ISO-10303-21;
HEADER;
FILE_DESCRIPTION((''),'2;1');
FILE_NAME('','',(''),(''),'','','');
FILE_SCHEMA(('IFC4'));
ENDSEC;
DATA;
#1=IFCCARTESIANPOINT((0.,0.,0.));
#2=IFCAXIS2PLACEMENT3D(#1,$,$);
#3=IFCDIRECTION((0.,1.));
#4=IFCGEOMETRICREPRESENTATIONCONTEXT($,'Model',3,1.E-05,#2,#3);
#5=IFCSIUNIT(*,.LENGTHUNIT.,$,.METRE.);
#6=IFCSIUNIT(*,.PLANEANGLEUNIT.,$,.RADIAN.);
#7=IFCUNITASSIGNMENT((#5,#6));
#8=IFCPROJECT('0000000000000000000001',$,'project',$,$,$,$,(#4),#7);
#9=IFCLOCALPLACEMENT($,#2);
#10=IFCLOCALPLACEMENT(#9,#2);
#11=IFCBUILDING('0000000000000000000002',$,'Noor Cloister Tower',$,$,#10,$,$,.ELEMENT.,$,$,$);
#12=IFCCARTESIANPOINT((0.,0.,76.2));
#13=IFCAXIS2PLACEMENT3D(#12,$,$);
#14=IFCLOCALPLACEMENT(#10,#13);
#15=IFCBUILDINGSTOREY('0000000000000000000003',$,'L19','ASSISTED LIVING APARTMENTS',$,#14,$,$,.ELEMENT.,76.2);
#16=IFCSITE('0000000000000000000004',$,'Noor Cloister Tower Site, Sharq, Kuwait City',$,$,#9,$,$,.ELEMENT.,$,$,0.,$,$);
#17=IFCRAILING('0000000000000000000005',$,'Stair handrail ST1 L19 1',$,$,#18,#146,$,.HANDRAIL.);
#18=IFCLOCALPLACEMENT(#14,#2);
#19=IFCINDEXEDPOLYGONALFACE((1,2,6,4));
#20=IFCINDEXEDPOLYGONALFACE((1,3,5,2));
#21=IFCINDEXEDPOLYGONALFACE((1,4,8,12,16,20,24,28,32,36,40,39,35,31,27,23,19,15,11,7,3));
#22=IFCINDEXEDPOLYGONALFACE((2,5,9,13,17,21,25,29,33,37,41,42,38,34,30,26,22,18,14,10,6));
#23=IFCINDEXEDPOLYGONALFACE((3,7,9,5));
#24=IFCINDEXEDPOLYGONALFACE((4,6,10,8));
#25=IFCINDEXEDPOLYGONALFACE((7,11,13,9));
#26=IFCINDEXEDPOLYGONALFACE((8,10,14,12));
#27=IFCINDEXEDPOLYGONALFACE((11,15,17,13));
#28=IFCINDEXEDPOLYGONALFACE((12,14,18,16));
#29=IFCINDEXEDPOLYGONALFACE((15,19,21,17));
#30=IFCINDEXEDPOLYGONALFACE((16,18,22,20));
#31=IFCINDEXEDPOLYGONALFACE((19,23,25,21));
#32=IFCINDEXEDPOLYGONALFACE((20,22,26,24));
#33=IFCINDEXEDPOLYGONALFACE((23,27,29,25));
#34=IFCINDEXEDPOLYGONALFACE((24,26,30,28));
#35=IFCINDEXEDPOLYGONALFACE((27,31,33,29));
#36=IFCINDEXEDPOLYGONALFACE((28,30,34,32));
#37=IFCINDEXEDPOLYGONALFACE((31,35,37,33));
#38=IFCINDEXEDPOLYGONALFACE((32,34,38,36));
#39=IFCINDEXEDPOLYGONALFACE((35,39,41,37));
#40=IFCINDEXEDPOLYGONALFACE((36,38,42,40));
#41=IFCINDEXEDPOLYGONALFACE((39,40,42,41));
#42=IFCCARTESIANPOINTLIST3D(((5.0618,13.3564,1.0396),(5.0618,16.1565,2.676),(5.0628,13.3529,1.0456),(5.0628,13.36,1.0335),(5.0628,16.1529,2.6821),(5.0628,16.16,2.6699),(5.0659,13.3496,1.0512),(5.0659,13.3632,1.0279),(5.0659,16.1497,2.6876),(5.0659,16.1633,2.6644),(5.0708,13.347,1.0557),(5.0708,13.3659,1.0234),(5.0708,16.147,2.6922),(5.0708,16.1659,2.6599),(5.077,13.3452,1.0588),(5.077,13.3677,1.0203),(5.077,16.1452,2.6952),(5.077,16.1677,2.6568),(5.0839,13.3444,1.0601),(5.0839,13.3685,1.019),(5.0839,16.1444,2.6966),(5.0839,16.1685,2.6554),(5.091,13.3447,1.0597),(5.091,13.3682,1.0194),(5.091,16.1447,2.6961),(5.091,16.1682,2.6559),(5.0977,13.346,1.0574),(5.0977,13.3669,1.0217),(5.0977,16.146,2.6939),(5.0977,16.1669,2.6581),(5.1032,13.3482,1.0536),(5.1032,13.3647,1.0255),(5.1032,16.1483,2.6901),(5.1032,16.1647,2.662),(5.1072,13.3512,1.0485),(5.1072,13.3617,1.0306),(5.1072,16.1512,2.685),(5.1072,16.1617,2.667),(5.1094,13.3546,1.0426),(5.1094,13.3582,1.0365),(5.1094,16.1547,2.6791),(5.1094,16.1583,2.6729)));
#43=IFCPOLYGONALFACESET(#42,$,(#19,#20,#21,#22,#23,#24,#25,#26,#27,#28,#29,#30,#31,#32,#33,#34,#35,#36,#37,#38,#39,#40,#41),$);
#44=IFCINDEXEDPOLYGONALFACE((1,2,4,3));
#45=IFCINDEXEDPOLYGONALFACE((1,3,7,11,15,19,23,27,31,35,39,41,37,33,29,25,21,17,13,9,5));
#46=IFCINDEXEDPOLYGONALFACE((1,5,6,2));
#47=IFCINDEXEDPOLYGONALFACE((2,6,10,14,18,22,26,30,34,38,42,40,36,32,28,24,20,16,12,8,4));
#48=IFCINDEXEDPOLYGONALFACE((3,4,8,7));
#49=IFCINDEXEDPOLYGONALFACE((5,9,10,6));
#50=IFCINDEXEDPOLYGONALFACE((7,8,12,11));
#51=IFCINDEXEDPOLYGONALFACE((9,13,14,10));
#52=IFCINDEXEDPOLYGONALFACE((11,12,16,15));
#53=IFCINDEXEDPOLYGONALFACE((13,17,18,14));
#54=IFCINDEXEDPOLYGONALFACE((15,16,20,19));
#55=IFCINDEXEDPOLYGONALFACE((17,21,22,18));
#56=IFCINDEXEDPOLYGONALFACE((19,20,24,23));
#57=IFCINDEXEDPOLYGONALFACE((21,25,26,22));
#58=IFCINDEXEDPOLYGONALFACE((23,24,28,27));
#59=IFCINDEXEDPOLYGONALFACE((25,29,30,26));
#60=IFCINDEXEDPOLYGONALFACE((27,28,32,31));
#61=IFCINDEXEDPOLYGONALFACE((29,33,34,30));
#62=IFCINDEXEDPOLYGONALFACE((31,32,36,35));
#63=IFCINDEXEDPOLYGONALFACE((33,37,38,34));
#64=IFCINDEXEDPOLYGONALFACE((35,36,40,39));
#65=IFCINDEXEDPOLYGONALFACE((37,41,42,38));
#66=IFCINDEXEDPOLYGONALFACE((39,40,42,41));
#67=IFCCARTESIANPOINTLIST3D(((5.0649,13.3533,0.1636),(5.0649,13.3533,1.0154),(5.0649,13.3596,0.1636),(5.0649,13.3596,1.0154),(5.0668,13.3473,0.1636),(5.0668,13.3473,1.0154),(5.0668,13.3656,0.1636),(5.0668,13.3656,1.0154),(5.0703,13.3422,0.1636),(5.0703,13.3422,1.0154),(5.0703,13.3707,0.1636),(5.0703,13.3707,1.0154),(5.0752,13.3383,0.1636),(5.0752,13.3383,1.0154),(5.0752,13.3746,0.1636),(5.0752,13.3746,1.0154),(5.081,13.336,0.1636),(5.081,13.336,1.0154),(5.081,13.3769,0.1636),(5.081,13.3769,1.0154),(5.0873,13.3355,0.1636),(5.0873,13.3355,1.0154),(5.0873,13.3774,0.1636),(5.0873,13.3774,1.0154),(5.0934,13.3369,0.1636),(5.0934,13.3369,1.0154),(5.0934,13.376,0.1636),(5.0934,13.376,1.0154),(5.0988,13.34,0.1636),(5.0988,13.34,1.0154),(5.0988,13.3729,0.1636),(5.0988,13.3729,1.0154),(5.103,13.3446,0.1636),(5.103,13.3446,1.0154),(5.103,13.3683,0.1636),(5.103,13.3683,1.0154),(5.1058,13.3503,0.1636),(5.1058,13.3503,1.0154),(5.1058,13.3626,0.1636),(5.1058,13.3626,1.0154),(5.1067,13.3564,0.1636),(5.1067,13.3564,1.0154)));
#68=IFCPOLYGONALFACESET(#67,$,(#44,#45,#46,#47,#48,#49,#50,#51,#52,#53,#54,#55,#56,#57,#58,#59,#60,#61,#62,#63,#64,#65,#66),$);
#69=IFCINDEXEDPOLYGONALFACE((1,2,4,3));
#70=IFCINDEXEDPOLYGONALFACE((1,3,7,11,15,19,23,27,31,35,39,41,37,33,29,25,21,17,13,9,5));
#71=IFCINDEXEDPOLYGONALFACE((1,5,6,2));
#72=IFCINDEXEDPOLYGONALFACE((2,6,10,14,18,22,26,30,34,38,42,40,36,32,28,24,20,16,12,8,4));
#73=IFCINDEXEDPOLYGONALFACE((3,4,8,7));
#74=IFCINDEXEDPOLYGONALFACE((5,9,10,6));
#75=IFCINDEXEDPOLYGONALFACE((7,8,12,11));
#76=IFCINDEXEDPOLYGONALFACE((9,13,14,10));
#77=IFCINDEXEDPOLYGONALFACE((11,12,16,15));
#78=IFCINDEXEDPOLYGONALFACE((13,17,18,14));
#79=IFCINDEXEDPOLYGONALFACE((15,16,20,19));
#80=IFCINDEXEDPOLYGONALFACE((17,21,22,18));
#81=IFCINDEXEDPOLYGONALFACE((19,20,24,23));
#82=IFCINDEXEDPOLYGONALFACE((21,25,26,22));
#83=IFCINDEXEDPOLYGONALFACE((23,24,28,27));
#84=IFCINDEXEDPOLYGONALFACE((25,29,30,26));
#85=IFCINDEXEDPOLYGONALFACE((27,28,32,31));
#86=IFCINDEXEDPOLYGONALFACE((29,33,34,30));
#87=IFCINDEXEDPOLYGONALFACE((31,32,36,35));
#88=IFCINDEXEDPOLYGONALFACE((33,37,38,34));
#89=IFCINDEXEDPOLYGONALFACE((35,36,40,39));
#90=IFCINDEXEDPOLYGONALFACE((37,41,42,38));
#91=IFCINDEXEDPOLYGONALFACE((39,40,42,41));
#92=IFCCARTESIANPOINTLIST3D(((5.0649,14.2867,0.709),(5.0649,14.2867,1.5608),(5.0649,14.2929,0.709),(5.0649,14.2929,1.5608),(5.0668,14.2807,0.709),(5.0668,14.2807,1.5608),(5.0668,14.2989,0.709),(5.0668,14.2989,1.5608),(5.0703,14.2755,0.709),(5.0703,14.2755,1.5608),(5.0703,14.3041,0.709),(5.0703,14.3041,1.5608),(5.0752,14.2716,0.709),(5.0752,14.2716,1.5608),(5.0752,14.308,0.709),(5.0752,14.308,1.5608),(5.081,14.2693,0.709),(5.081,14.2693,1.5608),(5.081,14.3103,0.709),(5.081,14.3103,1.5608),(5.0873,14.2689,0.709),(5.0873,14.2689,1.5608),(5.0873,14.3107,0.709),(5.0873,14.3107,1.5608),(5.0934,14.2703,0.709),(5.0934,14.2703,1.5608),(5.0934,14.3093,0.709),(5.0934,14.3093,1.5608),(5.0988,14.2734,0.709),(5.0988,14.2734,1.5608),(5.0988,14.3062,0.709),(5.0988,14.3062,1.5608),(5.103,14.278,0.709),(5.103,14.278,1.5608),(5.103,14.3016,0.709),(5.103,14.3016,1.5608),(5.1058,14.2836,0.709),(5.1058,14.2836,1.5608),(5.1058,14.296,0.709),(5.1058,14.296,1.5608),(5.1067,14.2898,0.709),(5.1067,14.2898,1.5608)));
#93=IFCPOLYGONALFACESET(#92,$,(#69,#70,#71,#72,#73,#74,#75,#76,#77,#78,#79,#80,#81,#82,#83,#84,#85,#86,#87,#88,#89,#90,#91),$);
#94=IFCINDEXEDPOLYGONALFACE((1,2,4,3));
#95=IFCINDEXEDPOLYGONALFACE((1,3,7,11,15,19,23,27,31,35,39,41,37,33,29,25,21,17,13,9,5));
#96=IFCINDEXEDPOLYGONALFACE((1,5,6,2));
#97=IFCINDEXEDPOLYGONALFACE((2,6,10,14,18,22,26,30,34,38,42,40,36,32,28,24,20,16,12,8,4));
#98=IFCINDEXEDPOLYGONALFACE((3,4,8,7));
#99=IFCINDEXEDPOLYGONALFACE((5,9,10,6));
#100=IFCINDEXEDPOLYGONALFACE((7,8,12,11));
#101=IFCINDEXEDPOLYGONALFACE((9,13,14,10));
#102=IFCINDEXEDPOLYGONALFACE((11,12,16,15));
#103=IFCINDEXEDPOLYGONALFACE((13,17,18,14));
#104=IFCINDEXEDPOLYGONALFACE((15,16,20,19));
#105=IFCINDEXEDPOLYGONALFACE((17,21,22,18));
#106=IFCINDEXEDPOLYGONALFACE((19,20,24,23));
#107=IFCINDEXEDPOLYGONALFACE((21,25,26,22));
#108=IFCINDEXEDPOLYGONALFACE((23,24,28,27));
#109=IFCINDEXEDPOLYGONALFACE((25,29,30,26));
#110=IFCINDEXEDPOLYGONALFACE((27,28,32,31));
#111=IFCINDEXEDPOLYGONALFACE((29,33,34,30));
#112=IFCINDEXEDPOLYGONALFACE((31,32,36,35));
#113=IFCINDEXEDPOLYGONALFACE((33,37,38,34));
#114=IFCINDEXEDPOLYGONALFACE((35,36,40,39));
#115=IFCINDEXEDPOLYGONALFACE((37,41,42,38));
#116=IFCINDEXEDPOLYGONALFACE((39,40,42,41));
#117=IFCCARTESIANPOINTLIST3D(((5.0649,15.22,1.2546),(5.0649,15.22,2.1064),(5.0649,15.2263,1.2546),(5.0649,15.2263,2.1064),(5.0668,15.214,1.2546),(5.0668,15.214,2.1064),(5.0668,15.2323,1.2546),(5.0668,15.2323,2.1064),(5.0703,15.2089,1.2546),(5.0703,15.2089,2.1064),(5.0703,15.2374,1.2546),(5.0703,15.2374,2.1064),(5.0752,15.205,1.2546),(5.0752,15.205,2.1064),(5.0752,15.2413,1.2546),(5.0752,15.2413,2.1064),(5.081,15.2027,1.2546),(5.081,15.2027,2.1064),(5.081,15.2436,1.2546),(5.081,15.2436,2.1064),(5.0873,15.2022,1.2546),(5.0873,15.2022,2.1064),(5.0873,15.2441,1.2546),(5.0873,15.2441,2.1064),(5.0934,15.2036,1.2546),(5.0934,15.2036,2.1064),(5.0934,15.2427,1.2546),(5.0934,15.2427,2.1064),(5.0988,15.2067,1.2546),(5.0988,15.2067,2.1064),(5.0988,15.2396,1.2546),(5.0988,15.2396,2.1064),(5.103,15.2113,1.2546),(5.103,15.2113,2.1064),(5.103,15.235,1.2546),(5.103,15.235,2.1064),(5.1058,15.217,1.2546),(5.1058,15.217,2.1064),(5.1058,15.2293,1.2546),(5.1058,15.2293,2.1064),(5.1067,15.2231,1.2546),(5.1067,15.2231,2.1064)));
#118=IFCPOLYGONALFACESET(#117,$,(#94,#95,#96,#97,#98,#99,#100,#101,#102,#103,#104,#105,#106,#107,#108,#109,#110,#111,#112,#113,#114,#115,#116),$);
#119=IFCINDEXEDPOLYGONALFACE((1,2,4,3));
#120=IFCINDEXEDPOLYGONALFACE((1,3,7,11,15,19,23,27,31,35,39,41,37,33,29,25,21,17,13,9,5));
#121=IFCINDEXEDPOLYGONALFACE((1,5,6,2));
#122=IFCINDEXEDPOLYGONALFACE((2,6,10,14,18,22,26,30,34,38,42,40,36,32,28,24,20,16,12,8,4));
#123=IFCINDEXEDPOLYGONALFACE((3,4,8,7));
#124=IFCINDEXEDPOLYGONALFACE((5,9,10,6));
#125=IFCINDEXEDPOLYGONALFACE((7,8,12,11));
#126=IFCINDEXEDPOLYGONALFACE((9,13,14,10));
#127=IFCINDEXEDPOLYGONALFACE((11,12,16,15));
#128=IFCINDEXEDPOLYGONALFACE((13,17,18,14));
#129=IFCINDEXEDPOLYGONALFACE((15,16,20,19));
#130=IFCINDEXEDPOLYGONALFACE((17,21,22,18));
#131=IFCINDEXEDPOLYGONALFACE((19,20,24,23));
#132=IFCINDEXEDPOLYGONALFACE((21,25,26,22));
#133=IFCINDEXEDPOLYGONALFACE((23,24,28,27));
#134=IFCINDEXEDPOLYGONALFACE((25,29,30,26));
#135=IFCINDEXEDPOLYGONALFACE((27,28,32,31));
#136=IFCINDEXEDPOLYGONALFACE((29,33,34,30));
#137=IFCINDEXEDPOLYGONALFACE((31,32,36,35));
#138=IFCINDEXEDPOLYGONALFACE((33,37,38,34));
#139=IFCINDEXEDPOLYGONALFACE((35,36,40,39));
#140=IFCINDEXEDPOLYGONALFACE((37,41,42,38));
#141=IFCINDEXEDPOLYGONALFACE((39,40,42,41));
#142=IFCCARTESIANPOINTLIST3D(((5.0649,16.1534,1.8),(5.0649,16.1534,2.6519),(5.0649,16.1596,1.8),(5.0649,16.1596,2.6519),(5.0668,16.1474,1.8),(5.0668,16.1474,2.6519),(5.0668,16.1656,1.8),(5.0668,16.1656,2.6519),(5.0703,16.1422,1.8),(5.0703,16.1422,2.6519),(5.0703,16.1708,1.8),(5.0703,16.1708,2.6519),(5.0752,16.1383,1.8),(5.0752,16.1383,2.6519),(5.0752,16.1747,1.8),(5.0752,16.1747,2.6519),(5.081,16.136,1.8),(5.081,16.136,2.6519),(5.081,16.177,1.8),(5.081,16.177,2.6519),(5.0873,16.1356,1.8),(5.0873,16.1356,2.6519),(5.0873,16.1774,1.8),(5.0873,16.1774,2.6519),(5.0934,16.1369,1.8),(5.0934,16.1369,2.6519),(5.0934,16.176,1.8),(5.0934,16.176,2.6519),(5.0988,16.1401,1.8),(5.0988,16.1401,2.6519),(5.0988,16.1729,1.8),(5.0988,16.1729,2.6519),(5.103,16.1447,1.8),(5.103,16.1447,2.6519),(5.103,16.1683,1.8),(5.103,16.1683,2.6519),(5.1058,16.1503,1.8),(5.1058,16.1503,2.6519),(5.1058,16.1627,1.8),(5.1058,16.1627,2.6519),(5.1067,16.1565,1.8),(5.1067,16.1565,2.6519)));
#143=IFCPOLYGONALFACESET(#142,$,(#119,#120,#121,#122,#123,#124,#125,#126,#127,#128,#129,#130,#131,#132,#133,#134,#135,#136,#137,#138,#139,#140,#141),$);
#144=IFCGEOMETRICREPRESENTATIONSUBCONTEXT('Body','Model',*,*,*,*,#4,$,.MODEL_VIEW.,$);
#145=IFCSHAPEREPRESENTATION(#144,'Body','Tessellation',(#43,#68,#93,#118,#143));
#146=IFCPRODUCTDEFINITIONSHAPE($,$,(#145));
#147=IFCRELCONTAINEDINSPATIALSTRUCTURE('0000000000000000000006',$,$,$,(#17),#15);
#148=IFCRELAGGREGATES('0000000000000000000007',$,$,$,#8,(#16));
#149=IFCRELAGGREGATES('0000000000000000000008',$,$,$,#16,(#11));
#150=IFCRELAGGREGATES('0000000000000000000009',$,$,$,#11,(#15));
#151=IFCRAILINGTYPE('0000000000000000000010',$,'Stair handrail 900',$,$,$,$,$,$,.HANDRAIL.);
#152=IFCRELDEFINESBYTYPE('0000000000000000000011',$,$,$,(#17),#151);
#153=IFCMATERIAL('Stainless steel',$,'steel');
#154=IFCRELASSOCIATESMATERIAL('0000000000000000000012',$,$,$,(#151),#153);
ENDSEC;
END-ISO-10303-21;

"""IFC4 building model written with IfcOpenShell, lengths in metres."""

from ifc_helpers import new_model, si_unit, direction, frame, origin, origin_2d, place, context, subcontext, project, spatial, circle, extrude, material, type_object, element, save


model = new_model("IFC4")

# Units and contexts
model_context = context("Model", 3, precision=1e-05, world=origin(), true_north=direction((0.0, 1.0)))
body_context = subcontext(model_context, "Body", "Model", "MODEL_VIEW")
ifc_project = project(units=[si_unit("LENGTHUNIT", "METRE"), si_unit("PLANEANGLEUNIT", "RADIAN")], contexts=[model_context])

# Site, building, storey
site_placement = place(None, origin())
site = spatial("IfcSite", under=ifc_project, at=site_placement, Name="Noor Cloister Tower Site, Sharq, Kuwait City", CompositionType="ELEMENT", RefElevation=0.0)
building_placement = place(site_placement, origin())
building = spatial("IfcBuilding", under=site, at=building_placement, Name="Noor Cloister Tower", CompositionType="ELEMENT")
storey_placement = place(building_placement, frame((0.0, 0.0, 76.2)))
storey = spatial("IfcBuildingStorey", under=building, at=storey_placement, Name="L19", Description="ASSISTED LIVING APARTMENTS", CompositionType="ELEMENT", Elevation=76.2)

# Railing
ifc_material_1 = material(Name="Stainless steel", Category="steel")
railing_type_1 = type_object("IfcRailingType", Name="Stair handrail 900", PredefinedType="HANDRAIL", material=ifc_material_1)
railing_1_placement = place(storey_placement, frame((5.0857, 13.3564, 0.1636)))
element("IfcRailing", 1, at=railing_1_placement, inside=storey, type_object=railing_type_1, Name="Stair handrail ST1 L19 1", PredefinedType="HANDRAIL", context=body_context, shape_type="SweptSolid", body=[
    extrude(circle(Radius=0.0239, at=origin_2d()), frame((0.0, 0.0, 0.876), z_axis=(0.0, 0.863361, 0.504587), x_axis=(-1.0, 0.0, 0.0)), (0.0, 0.0, 1.0), 3.2432),
    extrude(circle(Radius=0.021, at=origin_2d()), origin(), (0.0, 0.0, 1.0), 0.8518),
    extrude(circle(Radius=0.021, at=origin_2d()), frame((0.0, 0.9333, 0.5454)), (0.0, 0.0, 1.0), 0.8518),
    extrude(circle(Radius=0.021, at=origin_2d()), frame((0.0, 1.8667, 1.0911)), (0.0, 0.0, 1.0), 0.8518),
    extrude(circle(Radius=0.021, at=origin_2d()), frame((0.0, 2.8, 1.6365)), (0.0, 0.0, 1.0), 0.8518),
])

save(model, "model.ifc")
